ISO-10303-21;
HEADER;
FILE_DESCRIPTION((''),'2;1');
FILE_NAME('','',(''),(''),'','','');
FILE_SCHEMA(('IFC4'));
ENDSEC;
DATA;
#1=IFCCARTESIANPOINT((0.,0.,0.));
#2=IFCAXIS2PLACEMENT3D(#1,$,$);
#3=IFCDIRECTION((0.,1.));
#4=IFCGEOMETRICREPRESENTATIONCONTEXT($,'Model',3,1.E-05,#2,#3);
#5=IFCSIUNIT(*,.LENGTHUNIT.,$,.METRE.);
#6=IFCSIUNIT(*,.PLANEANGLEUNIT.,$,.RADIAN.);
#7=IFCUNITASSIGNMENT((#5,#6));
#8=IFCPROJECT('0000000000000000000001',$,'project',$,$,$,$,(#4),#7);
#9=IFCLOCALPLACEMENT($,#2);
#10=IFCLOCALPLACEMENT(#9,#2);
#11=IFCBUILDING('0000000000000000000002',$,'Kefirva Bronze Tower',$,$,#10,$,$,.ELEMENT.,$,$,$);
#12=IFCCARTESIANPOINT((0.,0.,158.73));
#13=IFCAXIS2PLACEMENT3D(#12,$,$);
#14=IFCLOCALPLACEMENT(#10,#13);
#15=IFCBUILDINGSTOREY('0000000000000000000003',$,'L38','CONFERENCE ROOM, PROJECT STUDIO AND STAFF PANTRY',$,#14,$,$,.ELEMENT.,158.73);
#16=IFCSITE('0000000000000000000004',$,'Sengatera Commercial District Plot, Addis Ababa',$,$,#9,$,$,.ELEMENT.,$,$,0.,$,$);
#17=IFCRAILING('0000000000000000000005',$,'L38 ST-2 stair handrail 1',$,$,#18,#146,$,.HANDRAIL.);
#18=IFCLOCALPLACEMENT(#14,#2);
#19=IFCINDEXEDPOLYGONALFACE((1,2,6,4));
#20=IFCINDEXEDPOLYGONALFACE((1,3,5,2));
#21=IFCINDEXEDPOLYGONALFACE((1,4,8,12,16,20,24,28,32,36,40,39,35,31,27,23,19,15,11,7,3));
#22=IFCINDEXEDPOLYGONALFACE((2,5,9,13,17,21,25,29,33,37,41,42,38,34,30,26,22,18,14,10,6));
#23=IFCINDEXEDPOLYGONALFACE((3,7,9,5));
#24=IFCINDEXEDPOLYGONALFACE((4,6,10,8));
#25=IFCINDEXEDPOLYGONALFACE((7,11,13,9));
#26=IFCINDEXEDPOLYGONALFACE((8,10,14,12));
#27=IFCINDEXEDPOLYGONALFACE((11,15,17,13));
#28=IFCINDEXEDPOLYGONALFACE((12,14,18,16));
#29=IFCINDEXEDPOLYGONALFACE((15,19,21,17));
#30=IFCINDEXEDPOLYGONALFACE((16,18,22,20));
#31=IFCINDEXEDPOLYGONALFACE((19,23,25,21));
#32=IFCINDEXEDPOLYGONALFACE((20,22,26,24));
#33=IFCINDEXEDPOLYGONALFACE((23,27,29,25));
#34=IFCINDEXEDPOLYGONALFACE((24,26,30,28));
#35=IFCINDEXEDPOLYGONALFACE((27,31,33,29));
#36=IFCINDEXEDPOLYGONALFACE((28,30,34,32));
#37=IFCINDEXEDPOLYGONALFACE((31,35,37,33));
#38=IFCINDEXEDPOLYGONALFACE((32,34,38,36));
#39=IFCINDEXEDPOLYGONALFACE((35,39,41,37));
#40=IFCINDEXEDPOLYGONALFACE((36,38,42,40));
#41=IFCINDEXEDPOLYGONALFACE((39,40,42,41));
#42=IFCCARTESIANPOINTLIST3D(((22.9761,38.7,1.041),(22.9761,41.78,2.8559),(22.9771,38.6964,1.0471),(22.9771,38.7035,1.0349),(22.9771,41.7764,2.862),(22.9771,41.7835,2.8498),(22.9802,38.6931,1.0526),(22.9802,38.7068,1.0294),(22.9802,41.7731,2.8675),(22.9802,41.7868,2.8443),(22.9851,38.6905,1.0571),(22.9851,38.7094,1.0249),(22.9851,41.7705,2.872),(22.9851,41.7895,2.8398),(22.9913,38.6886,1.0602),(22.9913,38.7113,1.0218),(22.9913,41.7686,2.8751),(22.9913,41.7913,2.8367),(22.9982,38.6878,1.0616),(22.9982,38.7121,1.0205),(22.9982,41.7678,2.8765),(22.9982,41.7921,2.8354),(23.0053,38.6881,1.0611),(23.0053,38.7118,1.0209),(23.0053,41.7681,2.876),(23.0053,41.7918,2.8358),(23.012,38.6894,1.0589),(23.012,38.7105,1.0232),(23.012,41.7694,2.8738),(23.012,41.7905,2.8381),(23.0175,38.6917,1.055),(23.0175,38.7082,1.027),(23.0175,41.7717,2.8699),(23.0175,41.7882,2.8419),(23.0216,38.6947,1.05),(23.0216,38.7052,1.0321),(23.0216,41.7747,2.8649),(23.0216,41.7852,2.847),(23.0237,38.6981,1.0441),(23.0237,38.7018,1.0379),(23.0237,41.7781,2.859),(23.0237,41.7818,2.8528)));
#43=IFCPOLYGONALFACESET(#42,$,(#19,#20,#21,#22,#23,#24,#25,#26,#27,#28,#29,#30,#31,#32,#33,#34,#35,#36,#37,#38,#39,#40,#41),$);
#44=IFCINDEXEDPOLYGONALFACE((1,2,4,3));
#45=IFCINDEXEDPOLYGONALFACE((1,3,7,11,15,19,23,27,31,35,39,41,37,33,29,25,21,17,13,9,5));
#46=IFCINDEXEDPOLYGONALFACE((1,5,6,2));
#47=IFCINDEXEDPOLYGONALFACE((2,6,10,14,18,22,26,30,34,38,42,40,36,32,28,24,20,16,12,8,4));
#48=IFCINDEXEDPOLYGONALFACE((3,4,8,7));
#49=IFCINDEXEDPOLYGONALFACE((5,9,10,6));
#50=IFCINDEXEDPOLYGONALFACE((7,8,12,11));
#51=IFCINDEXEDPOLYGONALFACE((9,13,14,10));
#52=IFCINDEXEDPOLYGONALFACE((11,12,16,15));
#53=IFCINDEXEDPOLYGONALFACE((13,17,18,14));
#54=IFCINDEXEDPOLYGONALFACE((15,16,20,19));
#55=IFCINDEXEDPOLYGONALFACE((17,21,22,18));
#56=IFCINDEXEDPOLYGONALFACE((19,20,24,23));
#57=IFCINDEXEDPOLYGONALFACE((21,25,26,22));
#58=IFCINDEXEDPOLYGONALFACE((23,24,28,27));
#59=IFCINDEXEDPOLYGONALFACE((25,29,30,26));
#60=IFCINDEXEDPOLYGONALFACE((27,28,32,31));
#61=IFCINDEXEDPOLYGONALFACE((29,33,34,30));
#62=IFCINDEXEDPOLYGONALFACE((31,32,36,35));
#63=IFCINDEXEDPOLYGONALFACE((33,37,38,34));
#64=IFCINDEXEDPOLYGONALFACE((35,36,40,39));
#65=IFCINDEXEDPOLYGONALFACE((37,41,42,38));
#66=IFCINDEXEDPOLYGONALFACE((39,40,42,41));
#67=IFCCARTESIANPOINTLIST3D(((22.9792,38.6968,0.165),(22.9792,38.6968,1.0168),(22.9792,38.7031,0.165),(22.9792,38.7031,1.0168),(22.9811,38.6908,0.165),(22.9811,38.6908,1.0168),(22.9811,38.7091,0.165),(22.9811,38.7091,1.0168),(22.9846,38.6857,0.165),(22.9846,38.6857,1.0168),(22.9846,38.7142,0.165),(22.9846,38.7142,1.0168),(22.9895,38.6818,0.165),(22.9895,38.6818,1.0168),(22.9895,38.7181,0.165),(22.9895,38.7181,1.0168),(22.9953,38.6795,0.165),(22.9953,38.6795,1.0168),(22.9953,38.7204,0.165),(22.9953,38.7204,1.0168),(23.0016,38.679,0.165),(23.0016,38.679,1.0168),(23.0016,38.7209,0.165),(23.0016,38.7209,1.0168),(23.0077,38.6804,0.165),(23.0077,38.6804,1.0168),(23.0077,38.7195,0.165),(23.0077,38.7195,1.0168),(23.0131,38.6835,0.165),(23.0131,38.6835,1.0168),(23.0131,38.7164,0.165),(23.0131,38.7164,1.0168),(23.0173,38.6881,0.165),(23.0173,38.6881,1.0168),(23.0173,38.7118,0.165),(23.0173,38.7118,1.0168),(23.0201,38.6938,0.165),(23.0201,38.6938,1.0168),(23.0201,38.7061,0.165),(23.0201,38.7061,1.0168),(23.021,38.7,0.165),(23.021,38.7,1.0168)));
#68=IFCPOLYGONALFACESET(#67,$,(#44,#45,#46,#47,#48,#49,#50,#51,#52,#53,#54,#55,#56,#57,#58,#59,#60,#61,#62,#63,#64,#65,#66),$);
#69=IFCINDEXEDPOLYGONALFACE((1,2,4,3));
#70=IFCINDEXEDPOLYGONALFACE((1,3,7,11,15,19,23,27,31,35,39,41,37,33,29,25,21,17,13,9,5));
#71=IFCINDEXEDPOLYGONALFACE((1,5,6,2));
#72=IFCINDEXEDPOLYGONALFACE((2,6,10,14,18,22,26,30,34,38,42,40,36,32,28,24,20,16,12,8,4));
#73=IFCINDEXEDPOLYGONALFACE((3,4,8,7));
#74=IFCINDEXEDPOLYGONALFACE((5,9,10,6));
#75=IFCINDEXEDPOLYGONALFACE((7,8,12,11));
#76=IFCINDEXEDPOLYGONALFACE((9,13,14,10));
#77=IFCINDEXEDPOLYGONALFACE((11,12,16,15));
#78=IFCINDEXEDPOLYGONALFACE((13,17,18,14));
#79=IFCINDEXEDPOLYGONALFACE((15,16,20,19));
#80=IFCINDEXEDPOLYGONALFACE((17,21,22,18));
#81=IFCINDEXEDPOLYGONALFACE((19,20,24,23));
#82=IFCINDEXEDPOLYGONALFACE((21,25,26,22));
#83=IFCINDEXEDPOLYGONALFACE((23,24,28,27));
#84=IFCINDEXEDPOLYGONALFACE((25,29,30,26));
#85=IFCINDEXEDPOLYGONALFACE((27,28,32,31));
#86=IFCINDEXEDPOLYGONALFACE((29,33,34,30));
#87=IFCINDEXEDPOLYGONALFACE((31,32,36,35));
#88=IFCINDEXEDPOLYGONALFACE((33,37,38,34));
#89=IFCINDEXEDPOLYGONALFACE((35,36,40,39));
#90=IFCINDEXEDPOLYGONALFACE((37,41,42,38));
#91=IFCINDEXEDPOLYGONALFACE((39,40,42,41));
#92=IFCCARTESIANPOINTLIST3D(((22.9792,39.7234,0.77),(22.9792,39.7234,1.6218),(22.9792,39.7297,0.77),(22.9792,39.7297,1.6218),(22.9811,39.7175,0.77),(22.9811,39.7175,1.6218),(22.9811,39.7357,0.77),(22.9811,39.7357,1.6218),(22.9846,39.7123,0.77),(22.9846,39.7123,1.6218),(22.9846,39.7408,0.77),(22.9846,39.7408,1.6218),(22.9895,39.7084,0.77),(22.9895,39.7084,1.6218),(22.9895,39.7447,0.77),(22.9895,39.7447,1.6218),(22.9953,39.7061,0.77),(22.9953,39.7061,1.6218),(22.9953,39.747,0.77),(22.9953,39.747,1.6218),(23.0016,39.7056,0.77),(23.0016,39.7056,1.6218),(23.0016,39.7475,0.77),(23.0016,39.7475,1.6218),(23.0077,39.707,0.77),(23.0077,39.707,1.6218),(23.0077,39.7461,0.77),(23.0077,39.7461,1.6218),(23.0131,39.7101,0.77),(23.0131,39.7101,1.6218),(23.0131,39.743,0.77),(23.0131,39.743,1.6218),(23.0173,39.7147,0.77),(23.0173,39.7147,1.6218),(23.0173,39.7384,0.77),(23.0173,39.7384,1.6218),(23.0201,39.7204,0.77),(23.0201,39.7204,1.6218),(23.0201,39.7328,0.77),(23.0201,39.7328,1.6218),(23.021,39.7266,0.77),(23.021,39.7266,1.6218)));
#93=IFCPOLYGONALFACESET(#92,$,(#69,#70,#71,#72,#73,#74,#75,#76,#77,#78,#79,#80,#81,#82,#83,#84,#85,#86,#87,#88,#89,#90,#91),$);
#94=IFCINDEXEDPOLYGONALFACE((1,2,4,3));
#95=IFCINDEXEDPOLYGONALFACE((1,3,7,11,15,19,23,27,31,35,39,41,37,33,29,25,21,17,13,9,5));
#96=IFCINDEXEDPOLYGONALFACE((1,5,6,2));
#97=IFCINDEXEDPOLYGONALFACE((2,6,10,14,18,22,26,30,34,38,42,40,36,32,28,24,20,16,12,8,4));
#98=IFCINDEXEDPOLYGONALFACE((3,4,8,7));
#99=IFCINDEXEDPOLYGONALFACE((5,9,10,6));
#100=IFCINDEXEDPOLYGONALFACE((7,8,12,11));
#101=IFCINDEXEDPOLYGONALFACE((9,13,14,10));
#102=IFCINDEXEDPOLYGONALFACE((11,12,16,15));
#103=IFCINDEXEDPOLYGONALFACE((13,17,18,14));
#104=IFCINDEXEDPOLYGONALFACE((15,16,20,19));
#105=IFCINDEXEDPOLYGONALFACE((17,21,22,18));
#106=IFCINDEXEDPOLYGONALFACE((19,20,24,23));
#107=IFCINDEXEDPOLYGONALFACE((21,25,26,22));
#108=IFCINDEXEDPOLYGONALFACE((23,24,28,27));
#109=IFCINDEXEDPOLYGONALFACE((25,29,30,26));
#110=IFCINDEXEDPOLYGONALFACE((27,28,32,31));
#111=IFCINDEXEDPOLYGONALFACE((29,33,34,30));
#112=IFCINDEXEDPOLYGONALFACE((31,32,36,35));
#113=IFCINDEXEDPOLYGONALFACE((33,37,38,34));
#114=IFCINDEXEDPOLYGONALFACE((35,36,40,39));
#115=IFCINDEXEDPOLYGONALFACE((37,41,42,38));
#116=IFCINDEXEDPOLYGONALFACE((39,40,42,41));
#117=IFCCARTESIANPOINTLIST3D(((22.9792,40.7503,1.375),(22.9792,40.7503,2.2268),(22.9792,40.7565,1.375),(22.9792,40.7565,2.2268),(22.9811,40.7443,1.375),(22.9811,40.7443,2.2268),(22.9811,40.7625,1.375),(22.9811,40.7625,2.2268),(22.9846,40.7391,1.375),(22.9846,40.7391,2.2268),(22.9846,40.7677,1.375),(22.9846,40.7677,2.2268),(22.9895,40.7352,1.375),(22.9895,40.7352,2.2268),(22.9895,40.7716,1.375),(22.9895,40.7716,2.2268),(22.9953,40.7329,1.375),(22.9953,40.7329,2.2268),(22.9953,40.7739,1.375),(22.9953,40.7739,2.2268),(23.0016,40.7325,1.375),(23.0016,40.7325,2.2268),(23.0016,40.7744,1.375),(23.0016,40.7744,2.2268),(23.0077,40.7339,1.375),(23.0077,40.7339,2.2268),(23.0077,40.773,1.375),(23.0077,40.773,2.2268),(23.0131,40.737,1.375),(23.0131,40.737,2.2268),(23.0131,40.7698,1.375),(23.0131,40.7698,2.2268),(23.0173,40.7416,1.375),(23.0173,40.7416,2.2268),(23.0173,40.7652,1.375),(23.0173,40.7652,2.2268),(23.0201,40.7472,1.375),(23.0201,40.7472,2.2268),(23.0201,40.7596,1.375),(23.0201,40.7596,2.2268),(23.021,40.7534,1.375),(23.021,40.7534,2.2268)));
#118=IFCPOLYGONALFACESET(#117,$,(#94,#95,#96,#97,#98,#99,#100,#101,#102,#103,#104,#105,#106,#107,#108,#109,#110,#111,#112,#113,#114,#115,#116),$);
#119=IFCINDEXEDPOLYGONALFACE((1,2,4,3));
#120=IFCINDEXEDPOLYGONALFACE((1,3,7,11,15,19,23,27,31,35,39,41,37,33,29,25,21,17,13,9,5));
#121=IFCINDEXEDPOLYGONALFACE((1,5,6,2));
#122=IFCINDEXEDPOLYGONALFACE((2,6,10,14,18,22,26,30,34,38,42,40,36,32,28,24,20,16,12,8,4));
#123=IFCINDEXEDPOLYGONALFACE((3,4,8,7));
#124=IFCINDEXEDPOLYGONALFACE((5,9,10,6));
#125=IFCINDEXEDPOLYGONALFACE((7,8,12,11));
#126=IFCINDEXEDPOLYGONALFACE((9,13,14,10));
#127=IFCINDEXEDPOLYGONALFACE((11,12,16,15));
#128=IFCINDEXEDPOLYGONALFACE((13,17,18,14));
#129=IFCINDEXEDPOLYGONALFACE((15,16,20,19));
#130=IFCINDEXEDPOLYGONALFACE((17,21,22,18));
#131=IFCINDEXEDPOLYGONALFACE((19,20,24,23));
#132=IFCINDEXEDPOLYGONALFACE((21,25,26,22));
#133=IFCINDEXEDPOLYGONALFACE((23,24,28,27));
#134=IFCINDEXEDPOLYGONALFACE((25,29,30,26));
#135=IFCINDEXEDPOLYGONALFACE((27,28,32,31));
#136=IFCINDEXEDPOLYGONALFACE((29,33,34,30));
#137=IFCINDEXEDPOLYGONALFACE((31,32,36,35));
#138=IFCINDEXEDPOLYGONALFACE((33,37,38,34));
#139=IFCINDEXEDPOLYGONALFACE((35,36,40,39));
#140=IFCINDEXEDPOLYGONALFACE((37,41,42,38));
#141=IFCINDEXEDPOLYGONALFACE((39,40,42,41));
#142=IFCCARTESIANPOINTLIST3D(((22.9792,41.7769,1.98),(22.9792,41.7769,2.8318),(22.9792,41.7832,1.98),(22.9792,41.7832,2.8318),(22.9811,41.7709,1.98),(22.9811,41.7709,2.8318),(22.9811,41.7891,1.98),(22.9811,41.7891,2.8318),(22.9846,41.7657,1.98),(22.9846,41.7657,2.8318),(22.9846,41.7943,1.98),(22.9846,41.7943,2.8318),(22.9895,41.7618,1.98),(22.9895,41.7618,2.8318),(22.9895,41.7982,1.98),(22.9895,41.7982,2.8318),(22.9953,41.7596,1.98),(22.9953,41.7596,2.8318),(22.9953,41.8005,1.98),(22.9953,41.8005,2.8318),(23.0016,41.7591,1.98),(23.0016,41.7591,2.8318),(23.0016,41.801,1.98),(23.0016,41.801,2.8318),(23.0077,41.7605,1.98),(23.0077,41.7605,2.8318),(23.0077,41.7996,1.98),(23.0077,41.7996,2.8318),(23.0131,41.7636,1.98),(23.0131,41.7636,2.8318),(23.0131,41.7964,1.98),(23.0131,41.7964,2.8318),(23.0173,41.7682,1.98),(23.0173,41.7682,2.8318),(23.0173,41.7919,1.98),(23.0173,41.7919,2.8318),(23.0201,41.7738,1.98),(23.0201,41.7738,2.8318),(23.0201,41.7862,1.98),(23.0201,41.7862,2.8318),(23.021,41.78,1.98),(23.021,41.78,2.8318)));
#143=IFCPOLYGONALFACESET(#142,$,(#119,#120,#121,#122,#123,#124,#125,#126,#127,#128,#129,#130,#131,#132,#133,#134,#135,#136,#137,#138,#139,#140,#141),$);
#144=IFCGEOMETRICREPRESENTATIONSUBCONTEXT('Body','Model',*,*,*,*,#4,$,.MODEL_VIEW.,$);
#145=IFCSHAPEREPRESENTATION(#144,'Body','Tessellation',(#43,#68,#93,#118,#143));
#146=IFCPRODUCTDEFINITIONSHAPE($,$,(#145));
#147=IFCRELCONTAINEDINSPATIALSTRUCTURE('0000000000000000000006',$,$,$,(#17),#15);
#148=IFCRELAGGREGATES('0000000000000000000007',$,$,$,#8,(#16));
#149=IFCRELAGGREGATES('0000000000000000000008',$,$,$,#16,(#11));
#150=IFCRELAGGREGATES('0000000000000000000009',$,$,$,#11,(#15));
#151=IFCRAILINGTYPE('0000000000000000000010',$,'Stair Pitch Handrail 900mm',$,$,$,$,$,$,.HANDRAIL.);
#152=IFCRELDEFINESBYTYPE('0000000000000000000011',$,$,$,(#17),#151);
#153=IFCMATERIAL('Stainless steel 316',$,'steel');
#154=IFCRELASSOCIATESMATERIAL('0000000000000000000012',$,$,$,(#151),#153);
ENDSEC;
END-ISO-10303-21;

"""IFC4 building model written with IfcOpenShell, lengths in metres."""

from ifc_helpers import new_model, si_unit, direction, frame, origin, origin_2d, place, context, subcontext, project, spatial, circle, extrude, material, type_object, element, save


model = new_model("IFC4")

# Units and contexts
model_context = context("Model", 3, precision=1e-05, world=origin(), true_north=direction((0.0, 1.0)))
body_context = subcontext(model_context, "Body", "Model", "MODEL_VIEW")
ifc_project = project(units=[si_unit("LENGTHUNIT", "METRE"), si_unit("PLANEANGLEUNIT", "RADIAN")], contexts=[model_context])

# Site, building, storey
site_placement = place(None, origin())
site = spatial("IfcSite", under=ifc_project, at=site_placement, Name="Sengatera Commercial District Plot, Addis Ababa", CompositionType="ELEMENT", RefElevation=0.0)
building_placement = place(site_placement, origin())
building = spatial("IfcBuilding", under=site, at=building_placement, Name="Kefirva Bronze Tower", CompositionType="ELEMENT")
storey_placement = place(building_placement, frame((0.0, 0.0, 158.73)))
storey = spatial("IfcBuildingStorey", under=building, at=storey_placement, Name="L38", Description="CONFERENCE ROOM, PROJECT STUDIO AND STAFF PANTRY", CompositionType="ELEMENT", Elevation=158.73)

# Railing
ifc_material_1 = material(Name="Stainless steel 316", Category="steel")
railing_type_1 = type_object("IfcRailingType", Name="Stair Pitch Handrail 900mm", PredefinedType="HANDRAIL", material=ifc_material_1)
railing_1_placement = place(storey_placement, frame((23.0, 38.7, 0.165)))
element("IfcRailing", 1, at=railing_1_placement, inside=storey, type_object=railing_type_1, Name="L38 ST-2 stair handrail 1", PredefinedType="HANDRAIL", context=body_context, shape_type="SweptSolid", body=[
    extrude(circle(Radius=0.0239, at=origin_2d()), frame((0.0, 0.0, 0.876), z_axis=(0.0, 0.861551, 0.507671), x_axis=(-1.0, 0.0, 0.0)), (0.0, 0.0, 1.0), 3.575),
    extrude(circle(Radius=0.021, at=origin_2d()), origin(), (0.0, 0.0, 1.0), 0.8518),
    extrude(circle(Radius=0.021, at=origin_2d()), frame((0.0, 1.0266, 0.605)), (0.0, 0.0, 1.0), 0.8518),
    extrude(circle(Radius=0.021, at=origin_2d()), frame((0.0, 2.0535, 1.21)), (0.0, 0.0, 1.0), 0.8518),
    extrude(circle(Radius=0.021, at=origin_2d()), frame((0.0, 3.0801, 1.8149)), (0.0, 0.0, 1.0), 0.8518),
])

save(model, "model.ifc")
